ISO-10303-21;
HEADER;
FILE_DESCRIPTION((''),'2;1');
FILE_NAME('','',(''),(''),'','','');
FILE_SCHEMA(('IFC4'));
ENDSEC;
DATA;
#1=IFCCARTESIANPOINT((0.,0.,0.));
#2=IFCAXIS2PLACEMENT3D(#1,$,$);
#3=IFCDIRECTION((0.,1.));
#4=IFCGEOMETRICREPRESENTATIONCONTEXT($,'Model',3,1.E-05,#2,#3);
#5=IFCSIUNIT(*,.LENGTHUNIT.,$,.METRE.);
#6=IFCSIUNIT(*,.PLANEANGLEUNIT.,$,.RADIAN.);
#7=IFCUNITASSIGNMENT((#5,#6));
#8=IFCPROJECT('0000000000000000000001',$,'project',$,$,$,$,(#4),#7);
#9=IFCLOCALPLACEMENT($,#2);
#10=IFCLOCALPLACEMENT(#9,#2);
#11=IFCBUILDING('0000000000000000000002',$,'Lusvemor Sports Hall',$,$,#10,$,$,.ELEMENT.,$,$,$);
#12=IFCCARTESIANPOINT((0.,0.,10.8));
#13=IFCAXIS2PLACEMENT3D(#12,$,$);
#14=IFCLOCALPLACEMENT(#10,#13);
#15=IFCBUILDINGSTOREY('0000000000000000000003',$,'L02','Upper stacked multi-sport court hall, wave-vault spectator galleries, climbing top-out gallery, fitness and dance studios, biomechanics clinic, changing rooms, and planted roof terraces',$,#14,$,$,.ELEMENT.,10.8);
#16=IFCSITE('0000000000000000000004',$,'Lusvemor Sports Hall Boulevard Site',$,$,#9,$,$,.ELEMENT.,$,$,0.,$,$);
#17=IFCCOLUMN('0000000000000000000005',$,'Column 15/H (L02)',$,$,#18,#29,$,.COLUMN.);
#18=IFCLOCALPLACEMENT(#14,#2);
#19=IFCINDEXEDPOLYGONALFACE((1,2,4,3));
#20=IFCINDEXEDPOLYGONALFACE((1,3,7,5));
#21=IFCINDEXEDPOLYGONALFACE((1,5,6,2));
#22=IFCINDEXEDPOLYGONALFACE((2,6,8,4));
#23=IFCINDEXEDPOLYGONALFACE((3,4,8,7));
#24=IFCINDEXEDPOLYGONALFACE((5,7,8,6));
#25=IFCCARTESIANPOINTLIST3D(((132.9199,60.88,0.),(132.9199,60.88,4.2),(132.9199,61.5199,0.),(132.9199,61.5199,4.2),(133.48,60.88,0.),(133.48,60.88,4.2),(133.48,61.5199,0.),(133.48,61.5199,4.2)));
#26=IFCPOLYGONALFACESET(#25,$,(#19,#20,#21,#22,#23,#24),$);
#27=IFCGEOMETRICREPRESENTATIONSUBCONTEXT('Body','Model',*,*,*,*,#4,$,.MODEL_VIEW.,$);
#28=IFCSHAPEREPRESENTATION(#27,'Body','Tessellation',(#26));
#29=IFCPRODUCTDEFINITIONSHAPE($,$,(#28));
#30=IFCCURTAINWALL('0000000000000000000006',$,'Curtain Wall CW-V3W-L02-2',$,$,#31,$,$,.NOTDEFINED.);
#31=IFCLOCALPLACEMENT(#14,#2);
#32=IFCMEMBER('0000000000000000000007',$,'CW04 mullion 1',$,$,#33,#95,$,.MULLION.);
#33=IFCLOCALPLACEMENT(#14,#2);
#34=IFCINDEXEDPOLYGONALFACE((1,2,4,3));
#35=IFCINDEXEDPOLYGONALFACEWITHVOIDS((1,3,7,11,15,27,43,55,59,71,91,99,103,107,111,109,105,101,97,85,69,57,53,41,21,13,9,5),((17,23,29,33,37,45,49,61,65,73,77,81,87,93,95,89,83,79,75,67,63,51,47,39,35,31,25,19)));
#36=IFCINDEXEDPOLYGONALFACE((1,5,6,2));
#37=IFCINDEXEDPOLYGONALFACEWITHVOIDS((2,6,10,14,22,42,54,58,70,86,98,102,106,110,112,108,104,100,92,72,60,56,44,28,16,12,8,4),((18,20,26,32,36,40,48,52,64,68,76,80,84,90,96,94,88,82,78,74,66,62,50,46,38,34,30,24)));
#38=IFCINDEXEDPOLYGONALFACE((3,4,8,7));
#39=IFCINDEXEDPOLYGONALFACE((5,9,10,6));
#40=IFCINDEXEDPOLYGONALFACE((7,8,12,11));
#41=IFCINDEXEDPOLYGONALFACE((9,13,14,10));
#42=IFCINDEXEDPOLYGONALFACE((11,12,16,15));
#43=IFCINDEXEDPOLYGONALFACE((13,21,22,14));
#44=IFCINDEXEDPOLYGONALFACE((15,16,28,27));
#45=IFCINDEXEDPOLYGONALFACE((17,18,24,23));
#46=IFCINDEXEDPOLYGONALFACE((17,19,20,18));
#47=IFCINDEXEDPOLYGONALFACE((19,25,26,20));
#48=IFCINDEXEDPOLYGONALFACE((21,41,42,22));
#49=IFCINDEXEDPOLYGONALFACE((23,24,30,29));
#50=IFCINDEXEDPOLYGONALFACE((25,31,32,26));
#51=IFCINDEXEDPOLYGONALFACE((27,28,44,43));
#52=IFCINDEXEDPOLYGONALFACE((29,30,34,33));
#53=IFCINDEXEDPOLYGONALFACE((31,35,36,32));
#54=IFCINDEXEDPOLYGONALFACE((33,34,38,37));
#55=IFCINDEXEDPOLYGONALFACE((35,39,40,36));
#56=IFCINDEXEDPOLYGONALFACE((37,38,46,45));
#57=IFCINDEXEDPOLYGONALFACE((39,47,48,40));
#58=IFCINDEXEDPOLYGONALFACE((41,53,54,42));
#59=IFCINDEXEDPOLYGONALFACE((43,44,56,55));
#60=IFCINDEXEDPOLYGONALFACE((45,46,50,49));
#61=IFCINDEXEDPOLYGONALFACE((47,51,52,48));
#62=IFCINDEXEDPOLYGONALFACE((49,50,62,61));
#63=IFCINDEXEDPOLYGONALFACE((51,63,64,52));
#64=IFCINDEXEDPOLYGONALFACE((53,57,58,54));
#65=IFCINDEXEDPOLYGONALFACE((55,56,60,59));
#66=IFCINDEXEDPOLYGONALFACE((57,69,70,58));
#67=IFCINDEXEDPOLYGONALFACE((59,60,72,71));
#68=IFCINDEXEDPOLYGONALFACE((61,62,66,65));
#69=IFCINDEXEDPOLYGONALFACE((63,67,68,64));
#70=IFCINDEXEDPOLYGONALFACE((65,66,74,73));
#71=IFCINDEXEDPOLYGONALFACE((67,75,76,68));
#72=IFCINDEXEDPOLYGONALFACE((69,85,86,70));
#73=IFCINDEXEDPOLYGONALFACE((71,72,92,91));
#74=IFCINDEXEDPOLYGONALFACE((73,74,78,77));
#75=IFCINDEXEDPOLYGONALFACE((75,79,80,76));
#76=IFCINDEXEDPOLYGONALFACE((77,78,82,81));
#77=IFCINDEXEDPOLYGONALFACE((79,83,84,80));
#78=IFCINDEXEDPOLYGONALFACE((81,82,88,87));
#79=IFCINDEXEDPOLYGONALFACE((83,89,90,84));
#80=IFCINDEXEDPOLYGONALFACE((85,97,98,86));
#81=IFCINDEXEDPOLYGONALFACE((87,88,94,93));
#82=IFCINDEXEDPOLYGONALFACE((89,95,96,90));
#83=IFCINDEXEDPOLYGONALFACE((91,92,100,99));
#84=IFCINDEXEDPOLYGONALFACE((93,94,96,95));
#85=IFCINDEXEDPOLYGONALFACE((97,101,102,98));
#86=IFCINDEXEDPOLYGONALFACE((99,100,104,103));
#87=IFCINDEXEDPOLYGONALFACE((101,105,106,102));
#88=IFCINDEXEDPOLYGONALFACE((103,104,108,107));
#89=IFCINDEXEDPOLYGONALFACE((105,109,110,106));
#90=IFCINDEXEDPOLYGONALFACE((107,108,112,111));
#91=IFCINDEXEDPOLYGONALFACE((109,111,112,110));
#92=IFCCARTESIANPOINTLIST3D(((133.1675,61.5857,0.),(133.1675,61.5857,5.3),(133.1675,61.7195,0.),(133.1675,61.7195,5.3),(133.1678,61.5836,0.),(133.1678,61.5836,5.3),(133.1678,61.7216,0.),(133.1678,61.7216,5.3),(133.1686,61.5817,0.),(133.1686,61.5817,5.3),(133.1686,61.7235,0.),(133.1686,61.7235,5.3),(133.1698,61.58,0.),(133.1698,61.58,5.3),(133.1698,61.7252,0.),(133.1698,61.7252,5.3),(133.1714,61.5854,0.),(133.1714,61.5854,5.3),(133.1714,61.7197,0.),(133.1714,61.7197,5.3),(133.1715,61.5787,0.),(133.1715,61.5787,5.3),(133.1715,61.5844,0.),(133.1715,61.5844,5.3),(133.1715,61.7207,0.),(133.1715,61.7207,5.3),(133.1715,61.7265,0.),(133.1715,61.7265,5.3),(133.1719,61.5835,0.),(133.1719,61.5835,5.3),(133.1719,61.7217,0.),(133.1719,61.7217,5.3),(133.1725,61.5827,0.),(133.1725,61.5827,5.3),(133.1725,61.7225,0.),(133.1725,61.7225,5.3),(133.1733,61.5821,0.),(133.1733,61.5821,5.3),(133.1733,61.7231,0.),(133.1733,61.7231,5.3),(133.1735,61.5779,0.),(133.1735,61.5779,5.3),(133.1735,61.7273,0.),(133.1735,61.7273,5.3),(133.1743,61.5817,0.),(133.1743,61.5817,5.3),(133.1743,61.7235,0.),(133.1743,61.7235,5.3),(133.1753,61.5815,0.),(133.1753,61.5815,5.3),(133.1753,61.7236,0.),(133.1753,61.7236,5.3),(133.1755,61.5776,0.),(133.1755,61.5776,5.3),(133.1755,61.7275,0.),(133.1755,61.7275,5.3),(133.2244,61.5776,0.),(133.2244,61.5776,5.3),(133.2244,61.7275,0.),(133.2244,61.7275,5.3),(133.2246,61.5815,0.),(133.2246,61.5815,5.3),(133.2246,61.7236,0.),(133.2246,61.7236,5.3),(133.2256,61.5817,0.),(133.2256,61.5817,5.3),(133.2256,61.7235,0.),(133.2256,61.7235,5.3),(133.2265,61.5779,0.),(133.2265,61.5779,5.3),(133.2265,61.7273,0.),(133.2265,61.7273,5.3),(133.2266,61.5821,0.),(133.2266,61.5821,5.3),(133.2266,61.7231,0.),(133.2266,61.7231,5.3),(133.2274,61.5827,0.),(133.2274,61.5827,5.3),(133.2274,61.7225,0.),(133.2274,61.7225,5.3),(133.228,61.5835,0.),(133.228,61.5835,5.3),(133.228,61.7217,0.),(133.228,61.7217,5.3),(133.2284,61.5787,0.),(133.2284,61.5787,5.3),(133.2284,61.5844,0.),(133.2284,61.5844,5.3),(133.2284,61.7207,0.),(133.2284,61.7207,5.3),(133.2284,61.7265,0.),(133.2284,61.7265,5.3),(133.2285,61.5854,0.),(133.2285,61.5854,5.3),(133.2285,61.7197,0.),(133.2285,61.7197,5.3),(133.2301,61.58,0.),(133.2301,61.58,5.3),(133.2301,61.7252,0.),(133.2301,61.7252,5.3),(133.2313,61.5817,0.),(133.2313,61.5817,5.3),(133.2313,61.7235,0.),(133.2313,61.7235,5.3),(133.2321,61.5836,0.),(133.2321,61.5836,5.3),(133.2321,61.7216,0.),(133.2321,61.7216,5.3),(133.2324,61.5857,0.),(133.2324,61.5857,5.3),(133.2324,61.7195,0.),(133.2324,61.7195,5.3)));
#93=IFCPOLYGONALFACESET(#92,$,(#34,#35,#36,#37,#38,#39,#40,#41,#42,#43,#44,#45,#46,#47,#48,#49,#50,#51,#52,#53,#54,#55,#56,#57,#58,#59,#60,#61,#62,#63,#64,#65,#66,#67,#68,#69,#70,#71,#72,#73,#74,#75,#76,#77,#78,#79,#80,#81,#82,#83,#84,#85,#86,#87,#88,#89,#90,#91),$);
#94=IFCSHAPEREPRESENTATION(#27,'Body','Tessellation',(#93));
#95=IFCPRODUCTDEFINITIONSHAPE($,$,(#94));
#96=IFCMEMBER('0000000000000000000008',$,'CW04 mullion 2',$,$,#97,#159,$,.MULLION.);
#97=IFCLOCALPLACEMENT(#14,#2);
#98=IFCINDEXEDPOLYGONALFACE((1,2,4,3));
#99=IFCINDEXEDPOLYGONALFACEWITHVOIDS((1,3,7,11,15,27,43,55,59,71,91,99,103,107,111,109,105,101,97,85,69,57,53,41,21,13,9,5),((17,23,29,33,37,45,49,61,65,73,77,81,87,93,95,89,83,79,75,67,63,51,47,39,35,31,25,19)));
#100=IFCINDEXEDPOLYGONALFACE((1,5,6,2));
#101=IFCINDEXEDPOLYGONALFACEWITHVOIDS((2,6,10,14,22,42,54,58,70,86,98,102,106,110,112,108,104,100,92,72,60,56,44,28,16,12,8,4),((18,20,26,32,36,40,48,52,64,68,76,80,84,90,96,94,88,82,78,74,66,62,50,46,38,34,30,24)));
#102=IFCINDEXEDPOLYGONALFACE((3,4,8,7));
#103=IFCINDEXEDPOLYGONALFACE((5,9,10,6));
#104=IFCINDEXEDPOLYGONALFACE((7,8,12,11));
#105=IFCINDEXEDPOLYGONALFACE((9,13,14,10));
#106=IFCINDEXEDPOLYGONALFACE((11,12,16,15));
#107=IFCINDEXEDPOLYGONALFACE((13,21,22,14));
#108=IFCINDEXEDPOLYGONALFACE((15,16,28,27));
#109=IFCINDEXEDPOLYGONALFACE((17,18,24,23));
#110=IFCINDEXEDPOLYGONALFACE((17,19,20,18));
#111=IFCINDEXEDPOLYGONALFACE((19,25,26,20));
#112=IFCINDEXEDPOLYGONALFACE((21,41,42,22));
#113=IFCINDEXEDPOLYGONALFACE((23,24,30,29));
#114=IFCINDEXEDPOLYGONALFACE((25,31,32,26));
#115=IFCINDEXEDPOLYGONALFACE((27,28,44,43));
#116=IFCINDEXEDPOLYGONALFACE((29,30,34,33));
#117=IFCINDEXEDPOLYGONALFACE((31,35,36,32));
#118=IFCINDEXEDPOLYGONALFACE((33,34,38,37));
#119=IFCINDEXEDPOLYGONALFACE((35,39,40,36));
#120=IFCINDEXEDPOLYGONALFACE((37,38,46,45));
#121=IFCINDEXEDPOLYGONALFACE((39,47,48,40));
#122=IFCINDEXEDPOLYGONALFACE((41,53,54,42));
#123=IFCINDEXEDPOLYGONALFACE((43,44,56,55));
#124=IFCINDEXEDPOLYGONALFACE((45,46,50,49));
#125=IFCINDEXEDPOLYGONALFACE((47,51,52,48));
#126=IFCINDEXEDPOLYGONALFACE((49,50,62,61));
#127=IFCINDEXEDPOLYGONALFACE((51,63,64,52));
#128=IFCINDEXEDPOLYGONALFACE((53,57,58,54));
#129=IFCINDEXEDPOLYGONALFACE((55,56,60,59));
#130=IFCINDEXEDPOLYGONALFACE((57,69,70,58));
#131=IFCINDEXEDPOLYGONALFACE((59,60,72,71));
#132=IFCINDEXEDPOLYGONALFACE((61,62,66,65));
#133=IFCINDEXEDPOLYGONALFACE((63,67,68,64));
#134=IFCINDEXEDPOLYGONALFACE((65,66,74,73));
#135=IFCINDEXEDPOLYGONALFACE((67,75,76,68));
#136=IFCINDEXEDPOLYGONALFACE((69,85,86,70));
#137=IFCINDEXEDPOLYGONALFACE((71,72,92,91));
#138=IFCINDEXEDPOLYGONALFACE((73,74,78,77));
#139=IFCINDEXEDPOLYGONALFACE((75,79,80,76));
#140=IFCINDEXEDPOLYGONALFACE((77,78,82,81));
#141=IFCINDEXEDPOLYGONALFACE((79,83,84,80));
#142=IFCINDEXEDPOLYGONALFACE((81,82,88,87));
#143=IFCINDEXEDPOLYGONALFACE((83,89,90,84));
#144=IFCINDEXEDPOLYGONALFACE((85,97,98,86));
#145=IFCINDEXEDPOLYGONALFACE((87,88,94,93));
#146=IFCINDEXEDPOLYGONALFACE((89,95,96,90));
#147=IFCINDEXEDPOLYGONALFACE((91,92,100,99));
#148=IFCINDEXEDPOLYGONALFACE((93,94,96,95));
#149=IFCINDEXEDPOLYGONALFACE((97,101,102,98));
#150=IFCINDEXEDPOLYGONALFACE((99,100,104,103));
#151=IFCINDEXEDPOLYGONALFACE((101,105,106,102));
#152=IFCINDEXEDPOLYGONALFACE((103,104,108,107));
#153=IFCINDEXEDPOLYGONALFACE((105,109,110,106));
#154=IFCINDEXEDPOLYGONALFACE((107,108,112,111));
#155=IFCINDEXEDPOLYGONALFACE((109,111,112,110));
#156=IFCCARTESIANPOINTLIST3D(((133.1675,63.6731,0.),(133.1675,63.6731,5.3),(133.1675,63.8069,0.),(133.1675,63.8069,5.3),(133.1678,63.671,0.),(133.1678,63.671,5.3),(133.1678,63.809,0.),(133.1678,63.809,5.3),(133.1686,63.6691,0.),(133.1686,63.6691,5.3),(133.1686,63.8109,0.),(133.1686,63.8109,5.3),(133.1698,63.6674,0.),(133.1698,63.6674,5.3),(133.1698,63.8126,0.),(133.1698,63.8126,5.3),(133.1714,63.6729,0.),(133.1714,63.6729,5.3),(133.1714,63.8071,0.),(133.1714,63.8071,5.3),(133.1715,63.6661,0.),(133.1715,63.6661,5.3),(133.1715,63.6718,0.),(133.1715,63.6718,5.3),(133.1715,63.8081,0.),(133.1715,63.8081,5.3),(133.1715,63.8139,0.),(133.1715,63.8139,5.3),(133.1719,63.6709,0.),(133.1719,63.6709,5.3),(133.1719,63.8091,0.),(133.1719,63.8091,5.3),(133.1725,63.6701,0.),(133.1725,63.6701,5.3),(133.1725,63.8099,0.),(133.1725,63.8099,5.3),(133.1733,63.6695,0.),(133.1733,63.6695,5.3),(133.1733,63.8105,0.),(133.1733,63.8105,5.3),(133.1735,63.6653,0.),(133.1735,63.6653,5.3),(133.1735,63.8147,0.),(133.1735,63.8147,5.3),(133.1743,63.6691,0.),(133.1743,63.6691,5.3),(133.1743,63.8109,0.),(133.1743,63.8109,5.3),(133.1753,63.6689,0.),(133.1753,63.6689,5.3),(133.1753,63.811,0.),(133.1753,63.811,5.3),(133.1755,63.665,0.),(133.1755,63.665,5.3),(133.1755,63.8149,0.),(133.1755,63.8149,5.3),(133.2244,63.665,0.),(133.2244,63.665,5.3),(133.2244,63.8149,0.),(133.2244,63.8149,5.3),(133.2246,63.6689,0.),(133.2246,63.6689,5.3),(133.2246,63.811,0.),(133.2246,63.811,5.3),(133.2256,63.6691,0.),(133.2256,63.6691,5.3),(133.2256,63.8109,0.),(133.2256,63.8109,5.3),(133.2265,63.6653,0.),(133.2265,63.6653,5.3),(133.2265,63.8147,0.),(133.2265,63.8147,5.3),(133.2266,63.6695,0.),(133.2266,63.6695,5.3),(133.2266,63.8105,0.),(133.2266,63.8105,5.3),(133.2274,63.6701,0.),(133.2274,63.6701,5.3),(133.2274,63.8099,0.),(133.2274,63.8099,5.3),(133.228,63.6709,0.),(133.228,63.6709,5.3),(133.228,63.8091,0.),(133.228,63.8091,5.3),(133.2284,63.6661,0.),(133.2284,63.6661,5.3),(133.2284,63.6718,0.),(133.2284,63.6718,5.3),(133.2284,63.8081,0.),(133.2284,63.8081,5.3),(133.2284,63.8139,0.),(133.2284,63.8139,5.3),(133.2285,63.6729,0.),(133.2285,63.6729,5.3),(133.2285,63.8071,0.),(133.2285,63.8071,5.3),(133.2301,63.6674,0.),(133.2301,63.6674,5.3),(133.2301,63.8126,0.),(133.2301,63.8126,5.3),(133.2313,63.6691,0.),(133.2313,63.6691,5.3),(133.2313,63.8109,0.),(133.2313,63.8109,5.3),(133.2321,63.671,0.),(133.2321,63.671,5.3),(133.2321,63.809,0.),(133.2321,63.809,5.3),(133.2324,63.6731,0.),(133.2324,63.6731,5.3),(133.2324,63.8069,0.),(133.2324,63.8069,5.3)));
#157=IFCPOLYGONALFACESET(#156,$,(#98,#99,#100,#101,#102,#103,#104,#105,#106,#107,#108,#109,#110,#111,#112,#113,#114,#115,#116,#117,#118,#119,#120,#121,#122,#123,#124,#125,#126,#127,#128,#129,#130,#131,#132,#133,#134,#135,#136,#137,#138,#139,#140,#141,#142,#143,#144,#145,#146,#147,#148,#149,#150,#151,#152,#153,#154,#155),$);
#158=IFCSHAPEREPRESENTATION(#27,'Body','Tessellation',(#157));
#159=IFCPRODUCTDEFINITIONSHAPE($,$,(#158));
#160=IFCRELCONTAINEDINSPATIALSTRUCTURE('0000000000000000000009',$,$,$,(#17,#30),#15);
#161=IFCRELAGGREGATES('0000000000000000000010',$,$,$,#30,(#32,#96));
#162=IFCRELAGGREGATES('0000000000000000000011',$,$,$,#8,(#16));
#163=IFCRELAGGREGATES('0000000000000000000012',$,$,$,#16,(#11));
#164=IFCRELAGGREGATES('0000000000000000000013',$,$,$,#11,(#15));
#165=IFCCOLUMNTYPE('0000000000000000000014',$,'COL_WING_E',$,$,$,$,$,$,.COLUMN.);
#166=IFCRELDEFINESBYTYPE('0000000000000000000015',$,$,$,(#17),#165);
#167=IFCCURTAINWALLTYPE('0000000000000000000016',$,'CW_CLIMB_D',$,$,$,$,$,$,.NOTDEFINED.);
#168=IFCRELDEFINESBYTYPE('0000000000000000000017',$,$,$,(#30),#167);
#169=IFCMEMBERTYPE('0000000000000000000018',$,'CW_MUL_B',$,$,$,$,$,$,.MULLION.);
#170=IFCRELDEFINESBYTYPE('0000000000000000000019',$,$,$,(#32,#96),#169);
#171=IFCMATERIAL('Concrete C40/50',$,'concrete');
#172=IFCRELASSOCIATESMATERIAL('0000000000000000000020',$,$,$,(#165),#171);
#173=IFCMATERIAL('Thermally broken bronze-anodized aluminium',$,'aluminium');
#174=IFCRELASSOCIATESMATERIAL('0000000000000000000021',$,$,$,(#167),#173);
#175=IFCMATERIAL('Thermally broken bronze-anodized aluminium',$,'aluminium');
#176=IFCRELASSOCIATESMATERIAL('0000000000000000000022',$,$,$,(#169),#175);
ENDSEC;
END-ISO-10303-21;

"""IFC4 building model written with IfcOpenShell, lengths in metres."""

from ifc_helpers import new_model, si_unit, direction, frame, origin, origin_2d, place, context, subcontext, project, spatial, rectangle, hollow_rectangle, extrude, material, material_profile, profile_set, type_object, element, aggregate, save


model = new_model("IFC4")

# Units and contexts
model_context = context("Model", 3, precision=1e-05, world=origin(), true_north=direction((0.0, 1.0)))
body_context = subcontext(model_context, "Body", "Model", "MODEL_VIEW")
ifc_project = project(units=[si_unit("LENGTHUNIT", "METRE"), si_unit("PLANEANGLEUNIT", "RADIAN")], contexts=[model_context])

# Site, building, storey
site_placement = place(None, origin())
site = spatial("IfcSite", under=ifc_project, at=site_placement, Name="Lusvemor Sports Hall Boulevard Site", CompositionType="ELEMENT", RefElevation=0.0)
building_placement = place(site_placement, origin())
building = spatial("IfcBuilding", under=site, at=building_placement, Name="Lusvemor Sports Hall", CompositionType="ELEMENT")
storey_placement = place(building_placement, frame((0.0, 0.0, 10.8)))
storey = spatial("IfcBuildingStorey", under=building, at=storey_placement, Name="L02", Description="Upper stacked multi-sport court hall, wave-vault spectator galleries, climbing top-out gallery, fitness and dance studios, biomechanics clinic, changing rooms, and planted roof terraces", CompositionType="ELEMENT", Elevation=10.8)

# Column
ifc_material_1 = material(Name="Concrete C40/50", Category="concrete")
ifc_material_profile_1 = material_profile(ifc_material_1, rectangle(XDim=0.5601, YDim=0.6399, at=origin_2d()), Name="RC560x640")
ifc_profile_set_1 = profile_set([ifc_material_profile_1], Name="Concrete C40/50")
column_type = type_object("IfcColumnType", Name="COL_WING_E", PredefinedType="COLUMN", material=ifc_profile_set_1)
column_placement = place(storey_placement, frame((133.2, 61.2, 0.0), z_axis=(0.0, 0.0, 1.0), x_axis=(1.0, 0.0, 0.0)))
element("IfcColumn", 1, at=column_placement, inside=storey, type_object=column_type, Name="Column 15/H (L02)", PredefinedType="COLUMN", context=body_context, shape_type="SweptSolid", body=[
    extrude(rectangle(XDim=0.5601, YDim=0.6399, at=origin_2d()), origin(), (0.0, 0.0, 1.0), 4.2),
])

# Curtain wall, members
ifc_material_2 = material(Name="Thermally broken bronze-anodized aluminium", Category="aluminium")
curtain_wall_type = type_object("IfcCurtainWallType", Name="CW_CLIMB_D", PredefinedType="NOTDEFINED", material=ifc_material_2)
curtain_wall_placement = place(storey_placement, origin())
curtain_wall = element("IfcCurtainWall", 2, at=curtain_wall_placement, inside=storey, type_object=curtain_wall_type, Name="Curtain Wall CW-V3W-L02-2", PredefinedType="NOTDEFINED")
ifc_material_3 = material(Name="Thermally broken bronze-anodized aluminium", Category="aluminium")
ifc_material_profile_2 = material_profile(ifc_material_3, hollow_rectangle(XDim=0.0649, YDim=0.1499, WallThickness=0.0039, InnerFilletRadius=0.0039, OuterFilletRadius=0.0081, at=origin_2d()), Name="CWMUL150x65x4")
ifc_profile_set_2 = profile_set([ifc_material_profile_2], Name="Thermally broken bronze-anodized aluminium")
member_type_1 = type_object("IfcMemberType", Name="CW_MUL_B", PredefinedType="MULLION", material=ifc_profile_set_2)
member_1_placement = place(storey_placement, frame((133.2, 61.6526, 0.0), z_axis=(0.0, 0.0, 1.0), x_axis=(-1.0, 0.0, 0.0)))
member_1 = element("IfcMember", 3, at=member_1_placement, type_object=member_type_1, Name="CW04 mullion 1", PredefinedType="MULLION", context=body_context, shape_type="SweptSolid", body=[
    extrude(hollow_rectangle(XDim=0.0649, YDim=0.1499, WallThickness=0.0039, InnerFilletRadius=0.0039, OuterFilletRadius=0.0081, at=origin_2d()), origin(), (0.0, 0.0, 1.0), 5.3),
])
member_2_placement = place(storey_placement, frame((133.2, 63.74, 0.0), z_axis=(0.0, 0.0, 1.0), x_axis=(-1.0, 0.0, 0.0)))
member_2 = element("IfcMember", 4, at=member_2_placement, type_object=member_type_1, Name="CW04 mullion 2", PredefinedType="MULLION", context=body_context, shape_type="SweptSolid", body=[
    extrude(hollow_rectangle(XDim=0.0649, YDim=0.1499, WallThickness=0.0039, InnerFilletRadius=0.0039, OuterFilletRadius=0.0081, at=origin_2d()), origin(), (0.0, 0.0, 1.0), 5.3),
])

aggregate(curtain_wall, [member_1, member_2])

save(model, "model.ifc")
